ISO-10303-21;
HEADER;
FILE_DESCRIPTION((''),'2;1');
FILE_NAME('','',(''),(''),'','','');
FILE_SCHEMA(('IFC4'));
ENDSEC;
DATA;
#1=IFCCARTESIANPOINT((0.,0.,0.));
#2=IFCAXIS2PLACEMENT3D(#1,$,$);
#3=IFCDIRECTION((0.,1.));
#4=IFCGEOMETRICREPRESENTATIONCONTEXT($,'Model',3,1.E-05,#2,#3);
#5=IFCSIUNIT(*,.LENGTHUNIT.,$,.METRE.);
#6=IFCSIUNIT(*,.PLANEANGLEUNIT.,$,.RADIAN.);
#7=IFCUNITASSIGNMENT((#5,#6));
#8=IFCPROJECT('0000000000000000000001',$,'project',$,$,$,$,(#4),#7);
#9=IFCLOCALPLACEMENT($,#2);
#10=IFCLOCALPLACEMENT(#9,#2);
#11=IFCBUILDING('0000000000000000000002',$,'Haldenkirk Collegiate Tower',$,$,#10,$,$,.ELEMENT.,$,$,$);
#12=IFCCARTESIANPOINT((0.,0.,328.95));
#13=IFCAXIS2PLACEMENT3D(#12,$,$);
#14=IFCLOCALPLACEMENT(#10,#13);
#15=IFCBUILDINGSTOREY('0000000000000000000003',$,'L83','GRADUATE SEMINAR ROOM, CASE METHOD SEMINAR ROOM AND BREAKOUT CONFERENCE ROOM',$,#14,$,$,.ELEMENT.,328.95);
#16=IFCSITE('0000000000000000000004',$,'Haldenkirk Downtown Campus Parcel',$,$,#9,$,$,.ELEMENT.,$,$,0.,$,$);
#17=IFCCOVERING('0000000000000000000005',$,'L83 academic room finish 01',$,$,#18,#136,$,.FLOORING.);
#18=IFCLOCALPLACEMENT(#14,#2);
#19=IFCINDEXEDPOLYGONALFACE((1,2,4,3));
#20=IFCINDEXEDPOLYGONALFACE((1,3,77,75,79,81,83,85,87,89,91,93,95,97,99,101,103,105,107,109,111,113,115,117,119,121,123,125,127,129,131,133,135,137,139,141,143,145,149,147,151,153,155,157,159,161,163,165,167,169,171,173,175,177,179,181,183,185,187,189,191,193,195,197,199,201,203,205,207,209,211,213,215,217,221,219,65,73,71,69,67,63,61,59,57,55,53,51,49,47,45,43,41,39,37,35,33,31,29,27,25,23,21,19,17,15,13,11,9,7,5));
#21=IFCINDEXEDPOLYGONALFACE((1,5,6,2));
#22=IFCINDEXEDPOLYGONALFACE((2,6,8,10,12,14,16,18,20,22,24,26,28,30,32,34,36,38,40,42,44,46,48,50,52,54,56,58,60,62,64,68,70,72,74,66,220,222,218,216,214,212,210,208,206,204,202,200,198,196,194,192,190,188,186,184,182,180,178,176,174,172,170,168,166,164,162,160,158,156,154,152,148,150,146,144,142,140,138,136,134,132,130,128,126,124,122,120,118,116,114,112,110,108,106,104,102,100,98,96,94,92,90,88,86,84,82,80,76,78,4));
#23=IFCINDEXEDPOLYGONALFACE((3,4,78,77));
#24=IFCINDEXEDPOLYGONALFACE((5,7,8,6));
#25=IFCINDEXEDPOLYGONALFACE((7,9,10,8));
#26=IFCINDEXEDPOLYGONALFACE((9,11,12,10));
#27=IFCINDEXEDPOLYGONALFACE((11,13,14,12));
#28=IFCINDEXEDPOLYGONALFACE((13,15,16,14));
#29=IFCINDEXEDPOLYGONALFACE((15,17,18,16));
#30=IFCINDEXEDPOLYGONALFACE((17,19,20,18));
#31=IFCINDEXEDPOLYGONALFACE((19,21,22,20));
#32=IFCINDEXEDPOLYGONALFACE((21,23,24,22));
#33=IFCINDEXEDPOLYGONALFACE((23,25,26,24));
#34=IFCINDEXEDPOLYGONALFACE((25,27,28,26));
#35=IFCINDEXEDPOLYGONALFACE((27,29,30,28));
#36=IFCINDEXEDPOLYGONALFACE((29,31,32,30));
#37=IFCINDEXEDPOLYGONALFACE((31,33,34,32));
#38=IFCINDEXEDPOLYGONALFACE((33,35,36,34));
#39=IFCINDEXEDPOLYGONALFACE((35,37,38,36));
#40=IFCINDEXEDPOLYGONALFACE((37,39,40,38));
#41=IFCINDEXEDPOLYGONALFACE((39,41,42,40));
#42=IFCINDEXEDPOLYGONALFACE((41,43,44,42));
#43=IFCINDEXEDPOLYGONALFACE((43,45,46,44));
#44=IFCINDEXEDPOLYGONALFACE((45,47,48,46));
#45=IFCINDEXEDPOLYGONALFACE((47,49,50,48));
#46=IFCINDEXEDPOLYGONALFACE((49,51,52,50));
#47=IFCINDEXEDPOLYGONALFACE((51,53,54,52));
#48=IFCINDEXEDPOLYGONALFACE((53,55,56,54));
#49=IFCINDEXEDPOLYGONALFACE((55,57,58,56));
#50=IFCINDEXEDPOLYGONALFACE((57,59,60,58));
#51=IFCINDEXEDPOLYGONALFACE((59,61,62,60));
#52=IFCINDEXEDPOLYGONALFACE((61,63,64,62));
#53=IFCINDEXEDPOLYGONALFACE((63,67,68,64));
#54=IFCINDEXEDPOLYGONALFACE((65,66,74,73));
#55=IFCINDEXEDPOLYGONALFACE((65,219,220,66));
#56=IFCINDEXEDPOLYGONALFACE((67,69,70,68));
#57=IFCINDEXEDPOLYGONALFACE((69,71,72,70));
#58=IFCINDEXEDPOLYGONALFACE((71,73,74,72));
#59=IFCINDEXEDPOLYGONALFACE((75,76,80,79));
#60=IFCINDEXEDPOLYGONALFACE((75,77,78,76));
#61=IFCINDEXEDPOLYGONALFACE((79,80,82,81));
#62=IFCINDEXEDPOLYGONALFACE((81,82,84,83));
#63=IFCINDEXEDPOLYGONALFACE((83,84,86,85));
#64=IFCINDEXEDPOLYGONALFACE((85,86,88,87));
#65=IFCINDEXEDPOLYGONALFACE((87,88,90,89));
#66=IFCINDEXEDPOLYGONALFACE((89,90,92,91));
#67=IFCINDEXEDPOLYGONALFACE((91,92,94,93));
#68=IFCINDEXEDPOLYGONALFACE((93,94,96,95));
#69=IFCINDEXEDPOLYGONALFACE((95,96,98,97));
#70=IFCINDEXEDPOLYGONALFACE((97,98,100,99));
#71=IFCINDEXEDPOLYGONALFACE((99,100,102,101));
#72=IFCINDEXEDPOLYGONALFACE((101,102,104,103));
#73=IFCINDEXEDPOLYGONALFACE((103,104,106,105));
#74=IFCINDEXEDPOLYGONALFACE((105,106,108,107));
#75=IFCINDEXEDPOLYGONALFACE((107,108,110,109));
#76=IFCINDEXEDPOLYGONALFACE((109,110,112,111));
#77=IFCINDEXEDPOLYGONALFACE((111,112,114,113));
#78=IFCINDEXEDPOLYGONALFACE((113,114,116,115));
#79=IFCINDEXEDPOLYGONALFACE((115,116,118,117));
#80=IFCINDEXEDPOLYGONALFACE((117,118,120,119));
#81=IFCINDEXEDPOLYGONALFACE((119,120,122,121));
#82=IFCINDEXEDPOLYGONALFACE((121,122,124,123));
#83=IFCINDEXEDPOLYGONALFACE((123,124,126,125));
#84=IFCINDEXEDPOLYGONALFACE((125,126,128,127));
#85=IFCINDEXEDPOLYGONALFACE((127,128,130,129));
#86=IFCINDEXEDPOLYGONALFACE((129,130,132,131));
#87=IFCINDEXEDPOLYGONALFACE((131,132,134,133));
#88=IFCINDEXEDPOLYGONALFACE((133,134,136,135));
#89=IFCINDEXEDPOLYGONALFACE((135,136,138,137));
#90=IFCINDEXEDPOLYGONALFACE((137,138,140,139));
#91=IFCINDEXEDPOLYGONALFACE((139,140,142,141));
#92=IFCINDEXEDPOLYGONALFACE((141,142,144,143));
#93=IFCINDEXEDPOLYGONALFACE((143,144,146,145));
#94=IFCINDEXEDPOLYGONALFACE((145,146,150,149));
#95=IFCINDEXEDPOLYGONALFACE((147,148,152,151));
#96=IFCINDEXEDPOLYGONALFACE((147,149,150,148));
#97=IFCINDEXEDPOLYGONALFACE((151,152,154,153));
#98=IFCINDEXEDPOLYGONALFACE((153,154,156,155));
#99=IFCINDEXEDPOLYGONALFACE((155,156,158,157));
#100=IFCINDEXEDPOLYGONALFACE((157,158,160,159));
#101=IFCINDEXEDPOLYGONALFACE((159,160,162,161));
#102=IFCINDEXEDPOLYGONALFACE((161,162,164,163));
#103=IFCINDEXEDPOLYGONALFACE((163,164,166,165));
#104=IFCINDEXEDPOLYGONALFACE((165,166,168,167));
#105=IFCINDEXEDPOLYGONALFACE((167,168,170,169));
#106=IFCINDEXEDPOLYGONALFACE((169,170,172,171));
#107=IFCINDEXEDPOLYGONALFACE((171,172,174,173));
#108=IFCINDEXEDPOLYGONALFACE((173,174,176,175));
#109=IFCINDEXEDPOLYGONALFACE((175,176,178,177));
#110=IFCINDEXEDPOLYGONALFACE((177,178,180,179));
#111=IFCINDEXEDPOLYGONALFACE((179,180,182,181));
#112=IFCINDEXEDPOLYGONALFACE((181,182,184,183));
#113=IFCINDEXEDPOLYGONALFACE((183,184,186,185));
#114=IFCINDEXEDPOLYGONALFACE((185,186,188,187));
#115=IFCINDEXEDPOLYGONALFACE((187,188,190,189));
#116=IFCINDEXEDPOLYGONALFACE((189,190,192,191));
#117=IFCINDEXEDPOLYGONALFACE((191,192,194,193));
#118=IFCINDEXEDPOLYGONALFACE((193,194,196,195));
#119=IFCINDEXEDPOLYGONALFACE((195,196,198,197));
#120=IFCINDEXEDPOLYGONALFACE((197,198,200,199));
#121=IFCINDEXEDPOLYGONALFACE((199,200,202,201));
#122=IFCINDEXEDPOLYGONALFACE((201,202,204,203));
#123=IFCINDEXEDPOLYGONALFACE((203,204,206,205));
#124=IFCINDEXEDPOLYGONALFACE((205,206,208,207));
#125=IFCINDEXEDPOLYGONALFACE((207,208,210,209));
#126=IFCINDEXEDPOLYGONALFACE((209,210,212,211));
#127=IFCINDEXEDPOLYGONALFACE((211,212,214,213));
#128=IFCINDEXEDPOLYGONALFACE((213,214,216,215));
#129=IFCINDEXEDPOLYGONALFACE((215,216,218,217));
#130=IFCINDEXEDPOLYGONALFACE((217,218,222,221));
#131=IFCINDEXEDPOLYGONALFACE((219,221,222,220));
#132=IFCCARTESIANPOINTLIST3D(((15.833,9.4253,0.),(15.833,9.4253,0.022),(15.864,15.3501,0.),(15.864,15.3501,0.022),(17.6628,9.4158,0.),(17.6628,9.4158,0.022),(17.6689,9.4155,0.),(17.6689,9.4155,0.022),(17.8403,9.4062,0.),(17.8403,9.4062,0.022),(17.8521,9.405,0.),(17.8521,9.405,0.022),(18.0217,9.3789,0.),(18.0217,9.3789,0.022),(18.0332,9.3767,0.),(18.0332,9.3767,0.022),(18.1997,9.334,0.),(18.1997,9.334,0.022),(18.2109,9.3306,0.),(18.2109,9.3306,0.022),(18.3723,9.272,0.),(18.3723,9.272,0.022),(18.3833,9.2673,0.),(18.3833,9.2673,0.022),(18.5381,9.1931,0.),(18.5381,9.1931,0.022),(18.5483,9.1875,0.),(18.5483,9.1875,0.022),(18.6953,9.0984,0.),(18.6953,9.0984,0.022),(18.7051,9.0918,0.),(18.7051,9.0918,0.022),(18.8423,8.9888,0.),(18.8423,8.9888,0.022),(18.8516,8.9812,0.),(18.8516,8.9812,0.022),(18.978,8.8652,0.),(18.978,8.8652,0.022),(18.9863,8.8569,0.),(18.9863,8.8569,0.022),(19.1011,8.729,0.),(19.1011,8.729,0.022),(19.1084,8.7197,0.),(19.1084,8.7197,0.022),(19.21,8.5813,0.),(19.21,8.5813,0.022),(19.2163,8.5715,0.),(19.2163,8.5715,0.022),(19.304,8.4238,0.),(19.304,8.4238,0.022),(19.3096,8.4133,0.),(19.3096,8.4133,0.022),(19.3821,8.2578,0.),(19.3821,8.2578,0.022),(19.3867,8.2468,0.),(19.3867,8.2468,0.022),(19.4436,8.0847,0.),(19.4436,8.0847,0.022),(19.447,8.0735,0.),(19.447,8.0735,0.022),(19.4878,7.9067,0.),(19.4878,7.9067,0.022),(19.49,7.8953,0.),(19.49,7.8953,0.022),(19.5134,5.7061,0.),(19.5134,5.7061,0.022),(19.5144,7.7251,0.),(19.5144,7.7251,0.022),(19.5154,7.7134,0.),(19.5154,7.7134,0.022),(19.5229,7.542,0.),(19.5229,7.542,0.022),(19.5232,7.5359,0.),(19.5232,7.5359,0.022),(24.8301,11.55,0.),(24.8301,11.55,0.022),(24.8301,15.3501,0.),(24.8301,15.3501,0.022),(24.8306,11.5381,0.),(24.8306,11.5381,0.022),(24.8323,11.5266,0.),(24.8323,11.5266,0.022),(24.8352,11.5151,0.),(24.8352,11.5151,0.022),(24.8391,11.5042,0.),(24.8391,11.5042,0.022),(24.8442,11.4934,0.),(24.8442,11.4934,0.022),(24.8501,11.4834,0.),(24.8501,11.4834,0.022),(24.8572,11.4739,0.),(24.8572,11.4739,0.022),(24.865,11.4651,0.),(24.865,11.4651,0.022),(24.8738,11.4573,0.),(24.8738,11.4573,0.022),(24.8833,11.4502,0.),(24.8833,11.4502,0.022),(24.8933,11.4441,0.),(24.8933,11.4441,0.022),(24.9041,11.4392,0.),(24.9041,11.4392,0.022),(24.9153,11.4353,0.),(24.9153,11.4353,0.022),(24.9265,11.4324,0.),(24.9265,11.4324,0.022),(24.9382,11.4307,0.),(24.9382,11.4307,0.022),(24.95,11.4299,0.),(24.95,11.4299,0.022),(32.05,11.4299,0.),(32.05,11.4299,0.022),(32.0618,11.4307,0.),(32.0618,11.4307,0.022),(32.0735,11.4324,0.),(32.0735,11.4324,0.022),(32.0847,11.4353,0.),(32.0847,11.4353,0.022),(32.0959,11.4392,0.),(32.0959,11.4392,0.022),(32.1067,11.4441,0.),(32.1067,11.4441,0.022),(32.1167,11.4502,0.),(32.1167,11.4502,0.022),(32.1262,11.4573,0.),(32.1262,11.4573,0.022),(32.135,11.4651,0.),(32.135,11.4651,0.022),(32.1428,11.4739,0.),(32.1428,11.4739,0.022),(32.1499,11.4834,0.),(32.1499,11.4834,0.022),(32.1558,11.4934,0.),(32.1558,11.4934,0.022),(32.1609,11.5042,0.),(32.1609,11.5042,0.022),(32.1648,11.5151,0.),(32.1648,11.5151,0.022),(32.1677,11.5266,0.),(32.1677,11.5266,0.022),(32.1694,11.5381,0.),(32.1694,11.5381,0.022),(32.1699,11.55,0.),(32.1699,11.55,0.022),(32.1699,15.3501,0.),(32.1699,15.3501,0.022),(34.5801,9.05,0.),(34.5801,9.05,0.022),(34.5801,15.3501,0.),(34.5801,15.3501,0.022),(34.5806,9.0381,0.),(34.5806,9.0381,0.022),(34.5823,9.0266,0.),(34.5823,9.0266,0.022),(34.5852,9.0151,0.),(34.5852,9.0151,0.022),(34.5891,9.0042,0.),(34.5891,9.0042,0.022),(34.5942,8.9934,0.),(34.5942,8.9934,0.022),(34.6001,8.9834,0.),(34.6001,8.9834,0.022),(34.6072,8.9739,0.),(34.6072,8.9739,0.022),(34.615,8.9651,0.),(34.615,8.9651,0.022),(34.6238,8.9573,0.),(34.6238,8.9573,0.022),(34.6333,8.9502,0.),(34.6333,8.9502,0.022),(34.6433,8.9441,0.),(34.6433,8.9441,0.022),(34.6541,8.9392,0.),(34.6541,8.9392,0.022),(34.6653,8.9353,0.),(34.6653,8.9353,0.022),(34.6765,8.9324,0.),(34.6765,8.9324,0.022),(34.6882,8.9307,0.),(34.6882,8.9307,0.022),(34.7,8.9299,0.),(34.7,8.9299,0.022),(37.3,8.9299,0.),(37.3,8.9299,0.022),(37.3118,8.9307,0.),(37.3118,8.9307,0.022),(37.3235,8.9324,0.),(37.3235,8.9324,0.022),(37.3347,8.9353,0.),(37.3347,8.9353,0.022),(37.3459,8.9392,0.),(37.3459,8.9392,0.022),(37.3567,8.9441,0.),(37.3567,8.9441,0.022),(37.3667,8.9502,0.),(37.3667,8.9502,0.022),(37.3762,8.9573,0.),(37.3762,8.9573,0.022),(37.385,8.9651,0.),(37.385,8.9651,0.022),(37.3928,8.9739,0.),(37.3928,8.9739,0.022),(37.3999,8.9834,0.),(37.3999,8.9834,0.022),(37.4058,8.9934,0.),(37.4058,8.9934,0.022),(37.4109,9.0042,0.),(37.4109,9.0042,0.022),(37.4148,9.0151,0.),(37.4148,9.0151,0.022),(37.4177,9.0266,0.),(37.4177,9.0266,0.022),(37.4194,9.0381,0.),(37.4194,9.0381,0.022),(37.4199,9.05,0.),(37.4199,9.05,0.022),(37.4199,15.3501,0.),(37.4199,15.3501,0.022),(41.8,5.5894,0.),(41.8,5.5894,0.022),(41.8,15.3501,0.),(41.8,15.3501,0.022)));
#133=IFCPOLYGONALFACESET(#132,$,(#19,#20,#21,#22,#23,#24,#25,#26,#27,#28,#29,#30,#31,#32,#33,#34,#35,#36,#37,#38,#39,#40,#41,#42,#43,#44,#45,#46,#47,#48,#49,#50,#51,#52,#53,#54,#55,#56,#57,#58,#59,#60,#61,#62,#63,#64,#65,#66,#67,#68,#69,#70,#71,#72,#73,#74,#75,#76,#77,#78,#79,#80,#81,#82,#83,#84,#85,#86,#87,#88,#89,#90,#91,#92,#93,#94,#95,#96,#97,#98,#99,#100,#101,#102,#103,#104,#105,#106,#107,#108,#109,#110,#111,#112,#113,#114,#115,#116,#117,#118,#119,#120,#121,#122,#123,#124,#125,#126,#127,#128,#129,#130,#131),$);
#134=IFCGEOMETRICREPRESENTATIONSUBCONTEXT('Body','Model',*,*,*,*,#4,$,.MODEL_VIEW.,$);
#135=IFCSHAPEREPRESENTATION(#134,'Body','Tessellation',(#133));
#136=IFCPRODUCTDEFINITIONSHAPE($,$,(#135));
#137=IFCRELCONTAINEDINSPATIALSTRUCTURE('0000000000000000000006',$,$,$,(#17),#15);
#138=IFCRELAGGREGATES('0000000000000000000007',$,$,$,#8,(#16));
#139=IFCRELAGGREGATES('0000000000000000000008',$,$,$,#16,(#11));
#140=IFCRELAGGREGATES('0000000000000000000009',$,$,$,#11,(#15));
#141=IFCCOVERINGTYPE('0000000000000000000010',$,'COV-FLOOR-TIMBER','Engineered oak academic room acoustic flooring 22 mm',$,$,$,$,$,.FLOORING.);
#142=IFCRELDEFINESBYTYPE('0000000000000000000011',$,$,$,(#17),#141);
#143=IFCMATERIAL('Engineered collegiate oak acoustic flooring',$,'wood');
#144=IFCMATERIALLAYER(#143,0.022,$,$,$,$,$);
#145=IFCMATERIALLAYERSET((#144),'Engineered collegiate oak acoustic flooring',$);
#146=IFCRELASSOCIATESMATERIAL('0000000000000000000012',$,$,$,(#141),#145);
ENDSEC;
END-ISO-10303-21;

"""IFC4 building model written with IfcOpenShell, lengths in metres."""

from ifc_helpers import new_model, si_unit, direction, frame, origin, place, context, subcontext, project, spatial, polyline, outline, extrude, material, layer, layer_set, type_object, element, save


model = new_model("IFC4")

# Units and contexts
model_context = context("Model", 3, precision=1e-05, world=origin(), true_north=direction((0.0, 1.0)))
body_context = subcontext(model_context, "Body", "Model", "MODEL_VIEW")
ifc_project = project(units=[si_unit("LENGTHUNIT", "METRE"), si_unit("PLANEANGLEUNIT", "RADIAN")], contexts=[model_context])

# Site, building, storey
site_placement = place(None, origin())
site = spatial("IfcSite", under=ifc_project, at=site_placement, Name="Haldenkirk Downtown Campus Parcel", CompositionType="ELEMENT", RefElevation=0.0)
building_placement = place(site_placement, origin())
building = spatial("IfcBuilding", under=site, at=building_placement, Name="Haldenkirk Collegiate Tower", CompositionType="ELEMENT")
storey_placement = place(building_placement, frame((0.0, 0.0, 328.95)))
storey = spatial("IfcBuildingStorey", under=building, at=storey_placement, Name="L83", Description="GRADUATE SEMINAR ROOM, CASE METHOD SEMINAR ROOM AND BREAKOUT CONFERENCE ROOM", CompositionType="ELEMENT", Elevation=328.95)

# Covering
ifc_material_1 = material(Name="Engineered collegiate oak acoustic flooring", Category="wood")
ifc_layer_1 = layer(ifc_material_1, 0.022)
ifc_layer_set_1 = layer_set([ifc_layer_1], Name="Engineered collegiate oak acoustic flooring")
covering_type_1 = type_object("IfcCoveringType", Name="COV-FLOOR-TIMBER", Description="Engineered oak academic room acoustic flooring 22 mm", PredefinedType="FLOORING", material=ifc_layer_set_1)
covering_1_placement = place(storey_placement, origin())
element("IfcCovering", 1, at=covering_1_placement, inside=storey, type_object=covering_type_1, Name="L83 academic room finish 01", PredefinedType="FLOORING", context=body_context, shape_type="SweptSolid", body=[
    extrude(outline(polyline([(19.5134, 5.7061), (19.5232, 7.5359), (19.5229, 7.542), (19.5154, 7.7134), (19.5144, 7.7251), (19.49, 7.8953), (19.4878, 7.9067), (19.447, 8.0735), (19.4436, 8.0847), (19.3867, 8.2468), (19.3821, 8.2578), (19.3096, 8.4133), (19.304, 8.4238), (19.2163, 8.5715), (19.21, 8.5813), (19.1084, 8.7197), (19.1011, 8.729), (18.9863, 8.8569), (18.978, 8.8652), (18.8516, 8.9812), (18.8423, 8.9888), (18.7051, 9.0918), (18.6953, 9.0984), (18.5483, 9.1875), (18.5381, 9.1931), (18.3833, 9.2673), (18.3723, 9.272), (18.2109, 9.3306), (18.1997, 9.334), (18.0332, 9.3767), (18.0217, 9.3789), (17.8521, 9.405), (17.8403, 9.4062), (17.6689, 9.4155), (17.6628, 9.4158), (15.833, 9.4253), (15.864, 15.3501), (24.8301, 15.3501), (24.8301, 11.55), (24.8306, 11.5381), (24.8323, 11.5266), (24.8352, 11.5151), (24.8391, 11.5042), (24.8442, 11.4934), (24.8501, 11.4834), (24.8572, 11.4739), (24.865, 11.4651), (24.8738, 11.4573), (24.8833, 11.4502), (24.8933, 11.4441), (24.9041, 11.4392), (24.9153, 11.4353), (24.9265, 11.4324), (24.9382, 11.4307), (24.95, 11.4299), (32.05, 11.4299), (32.0618, 11.4307), (32.0735, 11.4324), (32.0847, 11.4353), (32.0959, 11.4392), (32.1067, 11.4441), (32.1167, 11.4502), (32.1262, 11.4573), (32.135, 11.4651), (32.1428, 11.4739), (32.1499, 11.4834), (32.1558, 11.4934), (32.1609, 11.5042), (32.1648, 11.5151), (32.1677, 11.5266), (32.1694, 11.5381), (32.1699, 11.55), (32.1699, 15.3501), (34.5801, 15.3501), (34.5801, 9.05), (34.5806, 9.0381), (34.5823, 9.0266), (34.5852, 9.0151), (34.5891, 9.0042), (34.5942, 8.9934), (34.6001, 8.9834), (34.6072, 8.9739), (34.615, 8.9651), (34.6238, 8.9573), (34.6333, 8.9502), (34.6433, 8.9441), (34.6541, 8.9392), (34.6653, 8.9353), (34.6765, 8.9324), (34.6882, 8.9307), (34.7, 8.9299), (37.3, 8.9299), (37.3118, 8.9307), (37.3235, 8.9324), (37.3347, 8.9353), (37.3459, 8.9392), (37.3567, 8.9441), (37.3667, 8.9502), (37.3762, 8.9573), (37.385, 8.9651), (37.3928, 8.9739), (37.3999, 8.9834), (37.4058, 8.9934), (37.4109, 9.0042), (37.4148, 9.0151), (37.4177, 9.0266), (37.4194, 9.0381), (37.4199, 9.05), (37.4199, 15.3501), (41.8, 15.3501), (41.8, 5.5894), (19.5134, 5.7061)])), origin(), (0.0, 0.0, 1.0), 0.022),
])

save(model, "model.ifc")
